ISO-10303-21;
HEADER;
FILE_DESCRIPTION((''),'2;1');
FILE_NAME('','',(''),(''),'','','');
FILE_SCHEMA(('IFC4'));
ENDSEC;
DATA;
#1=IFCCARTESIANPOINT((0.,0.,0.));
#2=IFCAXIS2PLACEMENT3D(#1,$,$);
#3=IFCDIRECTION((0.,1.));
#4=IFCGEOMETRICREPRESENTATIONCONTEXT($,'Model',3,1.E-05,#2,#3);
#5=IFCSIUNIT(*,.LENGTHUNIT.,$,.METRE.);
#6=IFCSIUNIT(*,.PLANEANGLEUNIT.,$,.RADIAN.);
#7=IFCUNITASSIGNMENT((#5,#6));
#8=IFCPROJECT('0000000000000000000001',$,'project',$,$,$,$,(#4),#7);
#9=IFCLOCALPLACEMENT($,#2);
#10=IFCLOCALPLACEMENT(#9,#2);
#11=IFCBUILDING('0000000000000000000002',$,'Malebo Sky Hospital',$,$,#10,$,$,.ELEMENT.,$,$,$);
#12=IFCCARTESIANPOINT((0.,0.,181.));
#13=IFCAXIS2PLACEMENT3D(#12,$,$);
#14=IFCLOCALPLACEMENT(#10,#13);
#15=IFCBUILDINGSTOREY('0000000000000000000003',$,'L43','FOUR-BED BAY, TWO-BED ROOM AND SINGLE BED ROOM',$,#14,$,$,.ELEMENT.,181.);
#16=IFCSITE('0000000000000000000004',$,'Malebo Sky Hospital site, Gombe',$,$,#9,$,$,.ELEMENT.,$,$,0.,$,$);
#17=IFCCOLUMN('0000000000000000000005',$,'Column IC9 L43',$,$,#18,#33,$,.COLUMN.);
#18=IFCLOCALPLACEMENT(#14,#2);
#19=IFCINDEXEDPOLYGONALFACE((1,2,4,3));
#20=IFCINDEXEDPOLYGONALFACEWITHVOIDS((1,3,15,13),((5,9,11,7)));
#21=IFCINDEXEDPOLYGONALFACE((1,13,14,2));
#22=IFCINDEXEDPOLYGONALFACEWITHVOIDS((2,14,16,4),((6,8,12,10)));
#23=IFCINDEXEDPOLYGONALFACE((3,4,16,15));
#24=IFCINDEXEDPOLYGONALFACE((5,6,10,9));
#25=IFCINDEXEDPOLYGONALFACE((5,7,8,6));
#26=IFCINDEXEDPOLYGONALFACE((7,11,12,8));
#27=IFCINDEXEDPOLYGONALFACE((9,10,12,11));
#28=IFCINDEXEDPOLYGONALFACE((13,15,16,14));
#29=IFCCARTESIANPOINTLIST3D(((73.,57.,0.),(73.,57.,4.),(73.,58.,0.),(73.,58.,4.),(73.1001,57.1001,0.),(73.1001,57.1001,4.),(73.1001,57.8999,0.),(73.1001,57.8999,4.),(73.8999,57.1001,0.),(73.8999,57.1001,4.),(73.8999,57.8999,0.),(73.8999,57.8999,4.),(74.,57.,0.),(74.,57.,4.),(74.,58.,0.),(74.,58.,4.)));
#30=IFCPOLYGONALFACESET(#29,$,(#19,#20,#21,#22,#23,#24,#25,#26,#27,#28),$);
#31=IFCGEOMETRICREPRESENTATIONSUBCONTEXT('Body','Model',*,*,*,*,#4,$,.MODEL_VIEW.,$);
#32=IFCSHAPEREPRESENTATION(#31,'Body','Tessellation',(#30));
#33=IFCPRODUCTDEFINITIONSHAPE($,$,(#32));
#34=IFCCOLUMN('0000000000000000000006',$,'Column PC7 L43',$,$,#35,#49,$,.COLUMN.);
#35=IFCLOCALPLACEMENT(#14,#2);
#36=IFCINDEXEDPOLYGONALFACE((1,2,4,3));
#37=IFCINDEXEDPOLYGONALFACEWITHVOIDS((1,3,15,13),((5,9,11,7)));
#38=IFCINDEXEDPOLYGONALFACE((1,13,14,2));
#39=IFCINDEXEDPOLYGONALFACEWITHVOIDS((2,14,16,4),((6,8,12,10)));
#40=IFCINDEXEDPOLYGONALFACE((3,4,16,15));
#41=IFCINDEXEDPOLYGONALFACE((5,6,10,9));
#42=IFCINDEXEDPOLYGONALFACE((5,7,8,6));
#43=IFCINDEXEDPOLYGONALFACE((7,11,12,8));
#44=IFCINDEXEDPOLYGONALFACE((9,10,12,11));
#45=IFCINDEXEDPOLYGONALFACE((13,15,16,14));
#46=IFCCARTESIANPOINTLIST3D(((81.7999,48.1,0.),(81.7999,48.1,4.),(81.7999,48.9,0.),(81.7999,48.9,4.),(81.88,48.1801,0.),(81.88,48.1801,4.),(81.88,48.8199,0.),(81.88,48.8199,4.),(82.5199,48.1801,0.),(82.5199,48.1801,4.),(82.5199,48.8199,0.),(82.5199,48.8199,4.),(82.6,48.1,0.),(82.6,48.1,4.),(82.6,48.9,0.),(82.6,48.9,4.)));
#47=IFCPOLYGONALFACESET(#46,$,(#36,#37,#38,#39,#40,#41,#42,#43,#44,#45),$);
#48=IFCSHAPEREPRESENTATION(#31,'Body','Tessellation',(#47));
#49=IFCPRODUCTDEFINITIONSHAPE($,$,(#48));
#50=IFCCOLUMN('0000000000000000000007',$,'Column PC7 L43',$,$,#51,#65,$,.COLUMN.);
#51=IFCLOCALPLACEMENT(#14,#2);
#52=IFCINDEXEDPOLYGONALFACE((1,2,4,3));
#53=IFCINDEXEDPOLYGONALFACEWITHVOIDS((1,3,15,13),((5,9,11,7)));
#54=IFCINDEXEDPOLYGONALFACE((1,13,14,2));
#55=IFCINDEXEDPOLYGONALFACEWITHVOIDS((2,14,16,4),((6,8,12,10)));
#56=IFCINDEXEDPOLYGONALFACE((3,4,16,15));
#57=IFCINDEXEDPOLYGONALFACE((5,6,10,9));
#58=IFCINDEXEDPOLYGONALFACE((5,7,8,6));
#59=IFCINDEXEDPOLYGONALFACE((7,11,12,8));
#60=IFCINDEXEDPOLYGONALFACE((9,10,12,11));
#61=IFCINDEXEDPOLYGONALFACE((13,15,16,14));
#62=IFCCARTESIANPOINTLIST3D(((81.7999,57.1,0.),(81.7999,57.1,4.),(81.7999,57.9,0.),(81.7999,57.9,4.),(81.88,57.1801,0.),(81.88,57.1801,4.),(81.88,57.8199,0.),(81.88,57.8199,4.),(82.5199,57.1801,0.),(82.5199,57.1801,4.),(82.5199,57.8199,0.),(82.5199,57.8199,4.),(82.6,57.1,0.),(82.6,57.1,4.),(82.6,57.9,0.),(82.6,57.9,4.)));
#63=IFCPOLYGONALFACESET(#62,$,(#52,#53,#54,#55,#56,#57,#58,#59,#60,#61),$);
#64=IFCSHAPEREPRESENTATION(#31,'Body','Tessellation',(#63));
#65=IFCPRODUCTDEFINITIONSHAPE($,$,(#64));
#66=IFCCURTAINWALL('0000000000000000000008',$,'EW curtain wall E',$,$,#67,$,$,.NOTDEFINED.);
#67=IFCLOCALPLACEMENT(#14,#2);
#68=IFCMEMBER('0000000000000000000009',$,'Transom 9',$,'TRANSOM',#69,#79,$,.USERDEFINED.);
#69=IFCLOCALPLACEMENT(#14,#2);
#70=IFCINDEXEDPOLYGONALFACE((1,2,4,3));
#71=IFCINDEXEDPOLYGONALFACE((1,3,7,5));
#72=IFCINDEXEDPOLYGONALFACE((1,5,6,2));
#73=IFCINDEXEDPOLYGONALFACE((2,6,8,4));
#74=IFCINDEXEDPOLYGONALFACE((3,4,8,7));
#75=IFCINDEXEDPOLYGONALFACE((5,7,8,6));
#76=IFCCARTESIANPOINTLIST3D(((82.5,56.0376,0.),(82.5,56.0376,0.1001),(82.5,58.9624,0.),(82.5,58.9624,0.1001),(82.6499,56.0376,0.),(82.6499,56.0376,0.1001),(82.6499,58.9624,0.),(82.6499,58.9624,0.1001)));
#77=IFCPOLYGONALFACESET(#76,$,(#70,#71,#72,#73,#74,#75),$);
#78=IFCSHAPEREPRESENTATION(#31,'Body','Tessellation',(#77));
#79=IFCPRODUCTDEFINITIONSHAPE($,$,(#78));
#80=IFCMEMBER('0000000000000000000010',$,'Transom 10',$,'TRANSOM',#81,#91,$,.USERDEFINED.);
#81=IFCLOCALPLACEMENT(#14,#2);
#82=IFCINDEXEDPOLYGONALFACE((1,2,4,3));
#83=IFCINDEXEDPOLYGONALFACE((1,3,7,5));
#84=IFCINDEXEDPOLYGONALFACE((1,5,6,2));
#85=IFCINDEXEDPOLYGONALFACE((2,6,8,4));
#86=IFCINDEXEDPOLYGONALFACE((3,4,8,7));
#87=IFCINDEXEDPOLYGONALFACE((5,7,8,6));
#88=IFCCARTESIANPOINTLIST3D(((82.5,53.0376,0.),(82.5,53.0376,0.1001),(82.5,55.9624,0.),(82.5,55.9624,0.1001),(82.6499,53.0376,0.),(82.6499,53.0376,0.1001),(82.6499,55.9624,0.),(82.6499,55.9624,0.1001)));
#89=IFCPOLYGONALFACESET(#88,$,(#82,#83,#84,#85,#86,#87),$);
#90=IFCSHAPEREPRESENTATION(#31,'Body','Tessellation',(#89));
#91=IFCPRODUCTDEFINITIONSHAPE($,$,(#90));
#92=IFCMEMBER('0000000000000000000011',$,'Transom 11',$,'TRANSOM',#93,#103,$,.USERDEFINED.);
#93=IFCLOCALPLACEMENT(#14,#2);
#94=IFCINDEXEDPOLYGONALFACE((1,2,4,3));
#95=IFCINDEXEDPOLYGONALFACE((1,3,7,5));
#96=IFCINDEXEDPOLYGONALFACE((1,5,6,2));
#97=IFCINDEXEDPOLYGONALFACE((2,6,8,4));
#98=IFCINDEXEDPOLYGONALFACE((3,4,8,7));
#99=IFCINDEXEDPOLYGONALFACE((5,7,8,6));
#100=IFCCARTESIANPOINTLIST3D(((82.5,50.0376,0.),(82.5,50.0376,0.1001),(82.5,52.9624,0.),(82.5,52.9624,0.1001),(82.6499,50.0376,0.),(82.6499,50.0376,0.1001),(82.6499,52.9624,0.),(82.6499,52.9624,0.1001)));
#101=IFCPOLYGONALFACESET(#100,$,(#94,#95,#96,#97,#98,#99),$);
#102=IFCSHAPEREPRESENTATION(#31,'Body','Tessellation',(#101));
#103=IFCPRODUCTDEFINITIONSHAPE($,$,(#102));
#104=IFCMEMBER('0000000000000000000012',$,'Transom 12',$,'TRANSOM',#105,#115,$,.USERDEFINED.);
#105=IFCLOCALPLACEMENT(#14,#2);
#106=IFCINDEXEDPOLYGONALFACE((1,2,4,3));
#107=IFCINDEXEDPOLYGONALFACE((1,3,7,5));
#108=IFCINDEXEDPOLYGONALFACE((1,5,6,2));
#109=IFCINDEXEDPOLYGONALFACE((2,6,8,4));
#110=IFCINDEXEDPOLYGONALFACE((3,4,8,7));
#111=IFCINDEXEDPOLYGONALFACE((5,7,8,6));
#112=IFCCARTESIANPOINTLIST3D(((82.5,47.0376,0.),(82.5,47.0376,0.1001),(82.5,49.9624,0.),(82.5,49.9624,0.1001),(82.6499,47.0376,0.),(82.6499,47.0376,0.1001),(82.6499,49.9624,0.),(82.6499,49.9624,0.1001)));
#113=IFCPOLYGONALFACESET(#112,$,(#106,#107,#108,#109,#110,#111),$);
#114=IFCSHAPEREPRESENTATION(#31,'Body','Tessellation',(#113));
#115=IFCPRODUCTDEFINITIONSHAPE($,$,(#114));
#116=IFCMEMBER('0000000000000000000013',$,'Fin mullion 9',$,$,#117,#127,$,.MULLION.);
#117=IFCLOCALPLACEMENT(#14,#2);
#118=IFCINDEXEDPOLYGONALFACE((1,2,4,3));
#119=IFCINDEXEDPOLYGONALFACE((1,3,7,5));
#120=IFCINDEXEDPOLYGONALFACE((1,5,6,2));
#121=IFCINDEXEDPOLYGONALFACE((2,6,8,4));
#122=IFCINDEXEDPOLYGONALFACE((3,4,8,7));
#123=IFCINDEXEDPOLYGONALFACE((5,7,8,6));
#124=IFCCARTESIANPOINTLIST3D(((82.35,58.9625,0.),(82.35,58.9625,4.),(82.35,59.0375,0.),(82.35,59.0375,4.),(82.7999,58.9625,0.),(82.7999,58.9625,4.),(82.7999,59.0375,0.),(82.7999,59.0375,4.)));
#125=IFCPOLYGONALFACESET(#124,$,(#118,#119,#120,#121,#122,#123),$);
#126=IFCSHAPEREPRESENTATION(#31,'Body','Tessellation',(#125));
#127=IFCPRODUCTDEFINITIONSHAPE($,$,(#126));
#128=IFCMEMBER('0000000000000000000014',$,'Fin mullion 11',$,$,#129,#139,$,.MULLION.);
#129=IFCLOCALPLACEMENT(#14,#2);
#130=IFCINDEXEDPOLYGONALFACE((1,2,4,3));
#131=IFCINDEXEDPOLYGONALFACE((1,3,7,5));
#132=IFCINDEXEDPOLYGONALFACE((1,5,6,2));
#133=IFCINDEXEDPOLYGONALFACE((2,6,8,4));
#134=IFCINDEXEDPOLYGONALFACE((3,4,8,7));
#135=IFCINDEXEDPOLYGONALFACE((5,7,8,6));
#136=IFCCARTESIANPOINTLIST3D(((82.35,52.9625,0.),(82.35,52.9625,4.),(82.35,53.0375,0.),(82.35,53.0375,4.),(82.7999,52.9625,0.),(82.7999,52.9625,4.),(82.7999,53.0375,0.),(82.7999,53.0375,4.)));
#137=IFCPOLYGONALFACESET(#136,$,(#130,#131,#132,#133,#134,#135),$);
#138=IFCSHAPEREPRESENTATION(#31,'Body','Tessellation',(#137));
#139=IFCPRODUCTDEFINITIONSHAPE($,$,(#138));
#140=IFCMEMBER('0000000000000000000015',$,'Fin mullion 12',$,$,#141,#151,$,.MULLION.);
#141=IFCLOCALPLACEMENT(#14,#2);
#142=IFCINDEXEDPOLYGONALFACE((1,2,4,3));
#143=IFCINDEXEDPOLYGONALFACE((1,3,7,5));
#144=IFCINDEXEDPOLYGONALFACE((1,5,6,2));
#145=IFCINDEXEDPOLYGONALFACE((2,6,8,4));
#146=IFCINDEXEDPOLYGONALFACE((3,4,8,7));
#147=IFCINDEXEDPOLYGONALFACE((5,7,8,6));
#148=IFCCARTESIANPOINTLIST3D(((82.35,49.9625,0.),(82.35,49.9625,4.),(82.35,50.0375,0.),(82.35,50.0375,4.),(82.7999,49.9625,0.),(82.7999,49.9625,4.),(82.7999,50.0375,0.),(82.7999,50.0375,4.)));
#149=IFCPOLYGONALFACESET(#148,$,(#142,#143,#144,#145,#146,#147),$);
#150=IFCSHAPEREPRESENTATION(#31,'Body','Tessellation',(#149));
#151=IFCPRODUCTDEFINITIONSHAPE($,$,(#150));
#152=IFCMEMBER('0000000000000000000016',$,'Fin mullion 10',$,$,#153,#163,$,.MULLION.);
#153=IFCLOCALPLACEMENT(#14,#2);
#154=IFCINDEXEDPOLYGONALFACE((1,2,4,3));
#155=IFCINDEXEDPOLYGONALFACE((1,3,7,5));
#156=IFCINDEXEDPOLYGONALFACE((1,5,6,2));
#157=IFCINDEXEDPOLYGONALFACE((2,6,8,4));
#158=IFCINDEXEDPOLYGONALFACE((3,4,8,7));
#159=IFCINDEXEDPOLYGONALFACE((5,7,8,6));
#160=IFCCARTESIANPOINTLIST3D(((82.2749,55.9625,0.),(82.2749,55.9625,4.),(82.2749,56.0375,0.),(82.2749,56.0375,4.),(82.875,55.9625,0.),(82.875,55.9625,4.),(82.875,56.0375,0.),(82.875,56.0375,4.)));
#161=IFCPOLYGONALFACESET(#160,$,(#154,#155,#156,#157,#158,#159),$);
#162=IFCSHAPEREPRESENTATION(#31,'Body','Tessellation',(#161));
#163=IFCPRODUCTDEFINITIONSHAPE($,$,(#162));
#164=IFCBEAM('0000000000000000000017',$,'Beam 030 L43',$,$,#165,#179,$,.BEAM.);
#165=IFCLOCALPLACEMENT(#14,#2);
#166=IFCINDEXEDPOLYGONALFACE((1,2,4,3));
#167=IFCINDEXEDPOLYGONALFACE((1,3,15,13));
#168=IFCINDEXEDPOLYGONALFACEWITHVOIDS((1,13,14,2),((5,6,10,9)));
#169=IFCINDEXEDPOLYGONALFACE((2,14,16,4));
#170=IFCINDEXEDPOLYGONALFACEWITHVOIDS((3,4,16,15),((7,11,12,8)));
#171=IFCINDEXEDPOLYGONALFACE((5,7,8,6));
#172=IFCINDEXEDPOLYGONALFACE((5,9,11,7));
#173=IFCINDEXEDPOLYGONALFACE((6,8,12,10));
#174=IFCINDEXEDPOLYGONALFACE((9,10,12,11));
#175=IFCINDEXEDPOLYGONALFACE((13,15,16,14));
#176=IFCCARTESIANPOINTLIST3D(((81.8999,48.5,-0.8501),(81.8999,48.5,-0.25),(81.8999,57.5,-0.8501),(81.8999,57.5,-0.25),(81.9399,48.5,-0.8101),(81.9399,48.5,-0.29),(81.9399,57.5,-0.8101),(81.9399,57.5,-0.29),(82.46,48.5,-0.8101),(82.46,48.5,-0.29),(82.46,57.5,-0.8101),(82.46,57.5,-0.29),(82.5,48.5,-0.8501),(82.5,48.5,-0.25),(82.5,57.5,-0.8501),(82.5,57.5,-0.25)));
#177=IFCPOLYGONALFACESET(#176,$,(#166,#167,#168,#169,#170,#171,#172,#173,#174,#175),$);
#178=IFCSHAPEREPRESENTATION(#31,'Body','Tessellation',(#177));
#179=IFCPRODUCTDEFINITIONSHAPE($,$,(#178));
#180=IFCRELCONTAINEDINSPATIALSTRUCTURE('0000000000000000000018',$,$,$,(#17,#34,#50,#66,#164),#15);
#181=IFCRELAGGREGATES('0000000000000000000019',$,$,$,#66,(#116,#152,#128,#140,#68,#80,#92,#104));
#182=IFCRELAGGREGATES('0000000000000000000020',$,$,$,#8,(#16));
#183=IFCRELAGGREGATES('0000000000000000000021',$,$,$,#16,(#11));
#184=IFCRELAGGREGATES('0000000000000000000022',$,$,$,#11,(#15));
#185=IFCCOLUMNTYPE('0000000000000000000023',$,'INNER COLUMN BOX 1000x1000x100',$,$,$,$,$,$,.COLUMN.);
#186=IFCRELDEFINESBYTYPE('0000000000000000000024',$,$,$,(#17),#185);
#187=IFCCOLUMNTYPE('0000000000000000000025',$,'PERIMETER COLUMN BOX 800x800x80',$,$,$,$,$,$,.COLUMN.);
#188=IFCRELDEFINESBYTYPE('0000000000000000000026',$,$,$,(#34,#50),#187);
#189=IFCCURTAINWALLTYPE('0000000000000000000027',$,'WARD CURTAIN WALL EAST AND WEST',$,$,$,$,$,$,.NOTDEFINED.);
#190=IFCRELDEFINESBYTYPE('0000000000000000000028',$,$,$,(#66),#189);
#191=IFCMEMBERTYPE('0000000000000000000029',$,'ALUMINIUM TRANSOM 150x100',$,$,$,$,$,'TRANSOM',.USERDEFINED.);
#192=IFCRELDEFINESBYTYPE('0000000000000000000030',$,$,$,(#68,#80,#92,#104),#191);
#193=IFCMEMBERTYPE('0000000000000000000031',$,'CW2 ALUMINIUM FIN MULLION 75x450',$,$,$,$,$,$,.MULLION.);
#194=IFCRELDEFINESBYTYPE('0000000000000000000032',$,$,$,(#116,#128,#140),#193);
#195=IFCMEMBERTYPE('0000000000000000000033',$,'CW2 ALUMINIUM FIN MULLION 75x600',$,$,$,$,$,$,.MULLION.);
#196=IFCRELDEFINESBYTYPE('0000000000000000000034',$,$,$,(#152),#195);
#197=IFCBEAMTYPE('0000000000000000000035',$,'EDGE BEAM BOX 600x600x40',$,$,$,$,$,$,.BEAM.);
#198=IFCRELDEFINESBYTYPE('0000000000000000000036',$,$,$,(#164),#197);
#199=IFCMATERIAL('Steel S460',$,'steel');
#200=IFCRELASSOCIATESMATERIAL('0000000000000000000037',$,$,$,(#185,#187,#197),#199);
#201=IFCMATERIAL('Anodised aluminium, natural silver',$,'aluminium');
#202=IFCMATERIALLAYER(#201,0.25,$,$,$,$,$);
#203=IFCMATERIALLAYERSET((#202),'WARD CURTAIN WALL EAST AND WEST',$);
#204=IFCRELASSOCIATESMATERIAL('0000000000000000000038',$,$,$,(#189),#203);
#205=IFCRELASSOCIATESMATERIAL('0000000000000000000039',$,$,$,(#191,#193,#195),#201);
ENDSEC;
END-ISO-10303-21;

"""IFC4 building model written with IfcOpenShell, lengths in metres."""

from ifc_helpers import new_model, si_unit, direction, frame, origin, origin_2d, place, context, subcontext, project, spatial, rectangle, hollow_rectangle, extrude, material, layer, layer_set, material_profile, profile_set, type_object, element, aggregate, save


model = new_model("IFC4")

# Units and contexts
model_context = context("Model", 3, precision=1e-05, world=origin(), true_north=direction((0.0, 1.0)))
body_context = subcontext(model_context, "Body", "Model", "MODEL_VIEW")
ifc_project = project(units=[si_unit("LENGTHUNIT", "METRE"), si_unit("PLANEANGLEUNIT", "RADIAN")], contexts=[model_context])

# Site, building, storey
site_placement = place(None, origin())
site = spatial("IfcSite", under=ifc_project, at=site_placement, Name="Malebo Sky Hospital site, Gombe", CompositionType="ELEMENT", RefElevation=0.0)
building_placement = place(site_placement, origin())
building = spatial("IfcBuilding", under=site, at=building_placement, Name="Malebo Sky Hospital", CompositionType="ELEMENT")
storey_placement = place(building_placement, frame((0.0, 0.0, 181.0)))
storey = spatial("IfcBuildingStorey", under=building, at=storey_placement, Name="L43", Description="FOUR-BED BAY, TWO-BED ROOM AND SINGLE BED ROOM", CompositionType="ELEMENT", Elevation=181.0)

# Columns
ifc_material_1 = material(Name="Steel S460", Category="steel")
ifc_material_profile_1 = material_profile(ifc_material_1, hollow_rectangle(XDim=1.0, YDim=1.0, WallThickness=0.1001, at=origin_2d()), Name="BOX 1000x1000x100")
ifc_profile_set_1 = profile_set([ifc_material_profile_1], Name="Steel S460")
column_type_1 = type_object("IfcColumnType", Name="INNER COLUMN BOX 1000x1000x100", PredefinedType="COLUMN", material=ifc_profile_set_1)
column_placement = place(storey_placement, frame((73.5, 57.5, 0.0), z_axis=(0.0, 0.0, 1.0), x_axis=(1.0, 0.0, 0.0)))
element("IfcColumn", 1, at=column_placement, inside=storey, type_object=column_type_1, Name="Column IC9 L43", PredefinedType="COLUMN", context=body_context, shape_type="SweptSolid", body=[
    extrude(hollow_rectangle(XDim=1.0, YDim=1.0, WallThickness=0.1001, at=origin_2d()), origin(), (0.0, 0.0, 1.0), 4.0),
])
ifc_material_profile_2 = material_profile(ifc_material_1, hollow_rectangle(XDim=0.8, YDim=0.8, WallThickness=0.0801, at=origin_2d()), Name="BOX 800x800x80")
ifc_profile_set_2 = profile_set([ifc_material_profile_2], Name="Steel S460")
column_type_2 = type_object("IfcColumnType", Name="PERIMETER COLUMN BOX 800x800x80", PredefinedType="COLUMN", material=ifc_profile_set_2)
for number, where, z_axis, x_axis, name in (
    (2, (82.2, 48.5, 0.0), (0.0, 0.0, 1.0), (1.0, 0.0, 0.0), "Column PC7 L43"),
    (3, (82.2, 57.5, 0.0), (0.0, 0.0, 1.0), (1.0, 0.0, 0.0), "Column PC7 L43"),
):
    element("IfcColumn", number, at=place(storey_placement, frame(where, z_axis=z_axis, x_axis=x_axis)), inside=storey, type_object=column_type_2, Name=name, PredefinedType="COLUMN", context=body_context, shape_type="SweptSolid", body=[
        extrude(hollow_rectangle(XDim=0.8, YDim=0.8, WallThickness=0.0801, at=origin_2d()), origin(), (0.0, 0.0, 1.0), 4.0),
    ])

# Curtain wall, members
ifc_material_2 = material(Name="Anodised aluminium, natural silver", Category="aluminium")
ifc_layer_1 = layer(ifc_material_2, 0.25)
ifc_layer_set_1 = layer_set([ifc_layer_1], Name="WARD CURTAIN WALL EAST AND WEST")
curtain_wall_type = type_object("IfcCurtainWallType", Name="WARD CURTAIN WALL EAST AND WEST", PredefinedType="NOTDEFINED", material=ifc_layer_set_1)
curtain_wall_placement = place(storey_placement, origin())
curtain_wall = element("IfcCurtainWall", 4, at=curtain_wall_placement, inside=storey, type_object=curtain_wall_type, Name="EW curtain wall E", PredefinedType="NOTDEFINED")
ifc_material_profile_3 = material_profile(ifc_material_2, rectangle(XDim=0.1499, YDim=0.1001, at=origin_2d()), Name="ALUMINIUM TRANSOM 150x100")
ifc_profile_set_3 = profile_set([ifc_material_profile_3], Name="Anodised aluminium, natural silver")
member_type_1 = type_object("IfcMemberType", Name="ALUMINIUM TRANSOM 150x100", ElementType="TRANSOM", PredefinedType="USERDEFINED", material=ifc_profile_set_3)
member_1_placement = place(storey_placement, frame((82.575, 58.9624, 0.05), z_axis=(0.0, -1.0, 0.0), x_axis=(1.0, 0.0, 0.0)))
member_1 = element("IfcMember", 5, at=member_1_placement, type_object=member_type_1, Name="Transom 9", ObjectType="TRANSOM", PredefinedType="USERDEFINED", context=body_context, shape_type="SweptSolid", body=[
    extrude(rectangle(XDim=0.1499, YDim=0.1001, at=origin_2d()), origin(), (0.0, 0.0, 1.0), 2.9248),
])
member_2_placement = place(storey_placement, frame((82.575, 55.9624, 0.05), z_axis=(0.0, -1.0, 0.0), x_axis=(1.0, 0.0, 0.0)))
member_2 = element("IfcMember", 6, at=member_2_placement, type_object=member_type_1, Name="Transom 10", ObjectType="TRANSOM", PredefinedType="USERDEFINED", context=body_context, shape_type="SweptSolid", body=[
    extrude(rectangle(XDim=0.1499, YDim=0.1001, at=origin_2d()), origin(), (0.0, 0.0, 1.0), 2.9248),
])
member_3_placement = place(storey_placement, frame((82.575, 52.9624, 0.05), z_axis=(0.0, -1.0, 0.0), x_axis=(1.0, 0.0, 0.0)))
member_3 = element("IfcMember", 7, at=member_3_placement, type_object=member_type_1, Name="Transom 11", ObjectType="TRANSOM", PredefinedType="USERDEFINED", context=body_context, shape_type="SweptSolid", body=[
    extrude(rectangle(XDim=0.1499, YDim=0.1001, at=origin_2d()), origin(), (0.0, 0.0, 1.0), 2.9248),
])
member_4_placement = place(storey_placement, frame((82.575, 49.9624, 0.05), z_axis=(0.0, -1.0, 0.0), x_axis=(1.0, 0.0, 0.0)))
member_4 = element("IfcMember", 8, at=member_4_placement, type_object=member_type_1, Name="Transom 12", ObjectType="TRANSOM", PredefinedType="USERDEFINED", context=body_context, shape_type="SweptSolid", body=[
    extrude(rectangle(XDim=0.1499, YDim=0.1001, at=origin_2d()), origin(), (0.0, 0.0, 1.0), 2.9248),
])
ifc_material_profile_4 = material_profile(ifc_material_2, rectangle(XDim=0.075, YDim=0.45, at=origin_2d()), Name="CW2 ALUMINIUM FIN MULLION 75x450")
ifc_profile_set_4 = profile_set([ifc_material_profile_4], Name="Anodised aluminium, natural silver")
member_type_2 = type_object("IfcMemberType", Name="CW2 ALUMINIUM FIN MULLION 75x450", PredefinedType="MULLION", material=ifc_profile_set_4)
member_5_placement = place(storey_placement, frame((82.575, 59.0, 0.0), z_axis=(0.0, 0.0, 1.0), x_axis=(0.0, -1.0, 0.0)))
member_5 = element("IfcMember", 9, at=member_5_placement, type_object=member_type_2, Name="Fin mullion 9", PredefinedType="MULLION", context=body_context, shape_type="SweptSolid", body=[
    extrude(rectangle(XDim=0.075, YDim=0.45, at=origin_2d()), origin(), (0.0, 0.0, 1.0), 4.0),
])
member_6_placement = place(storey_placement, frame((82.575, 53.0, 0.0), z_axis=(0.0, 0.0, 1.0), x_axis=(0.0, -1.0, 0.0)))
member_6 = element("IfcMember", 10, at=member_6_placement, type_object=member_type_2, Name="Fin mullion 11", PredefinedType="MULLION", context=body_context, shape_type="SweptSolid", body=[
    extrude(rectangle(XDim=0.075, YDim=0.45, at=origin_2d()), origin(), (0.0, 0.0, 1.0), 4.0),
])
member_7_placement = place(storey_placement, frame((82.575, 50.0, 0.0), z_axis=(0.0, 0.0, 1.0), x_axis=(0.0, -1.0, 0.0)))
member_7 = element("IfcMember", 11, at=member_7_placement, type_object=member_type_2, Name="Fin mullion 12", PredefinedType="MULLION", context=body_context, shape_type="SweptSolid", body=[
    extrude(rectangle(XDim=0.075, YDim=0.45, at=origin_2d()), origin(), (0.0, 0.0, 1.0), 4.0),
])
ifc_material_profile_5 = material_profile(ifc_material_2, rectangle(XDim=0.075, YDim=0.6001, at=origin_2d()), Name="CW2 ALUMINIUM FIN MULLION 75x600")
ifc_profile_set_5 = profile_set([ifc_material_profile_5], Name="Anodised aluminium, natural silver")
member_type_3 = type_object("IfcMemberType", Name="CW2 ALUMINIUM FIN MULLION 75x600", PredefinedType="MULLION", material=ifc_profile_set_5)
member_8_placement = place(storey_placement, frame((82.575, 56.0, 0.0), z_axis=(0.0, 0.0, 1.0), x_axis=(0.0, -1.0, 0.0)))
member_8 = element("IfcMember", 12, at=member_8_placement, type_object=member_type_3, Name="Fin mullion 10", PredefinedType="MULLION", context=body_context, shape_type="SweptSolid", body=[
    extrude(rectangle(XDim=0.075, YDim=0.6001, at=origin_2d()), origin(), (0.0, 0.0, 1.0), 4.0),
])

# Beam
ifc_material_profile_6 = material_profile(ifc_material_1, hollow_rectangle(XDim=0.6001, YDim=0.6001, WallThickness=0.04, at=origin_2d()), Name="BOX 600x600x40")
ifc_profile_set_6 = profile_set([ifc_material_profile_6], Name="Steel S460")
beam_type_1 = type_object("IfcBeamType", Name="EDGE BEAM BOX 600x600x40", PredefinedType="BEAM", material=ifc_profile_set_6)
for number, where, z_axis, x_axis, name in (
    (13, (82.2, 48.5, -0.55), (0.0, 1.0, 0.0), (-1.0, 0.0, 0.0), "Beam 030 L43"),
):
    element("IfcBeam", number, at=place(storey_placement, frame(where, z_axis=z_axis, x_axis=x_axis)), inside=storey, type_object=beam_type_1, Name=name, PredefinedType="BEAM", context=body_context, shape_type="SweptSolid", body=[
        extrude(hollow_rectangle(XDim=0.6001, YDim=0.6001, WallThickness=0.04, at=origin_2d()), origin(), (0.0, 0.0, 1.0), 9.0),
    ])

aggregate(curtain_wall, [member_5, member_8, member_6, member_7, member_1, member_2, member_3, member_4])

save(model, "model.ifc")
